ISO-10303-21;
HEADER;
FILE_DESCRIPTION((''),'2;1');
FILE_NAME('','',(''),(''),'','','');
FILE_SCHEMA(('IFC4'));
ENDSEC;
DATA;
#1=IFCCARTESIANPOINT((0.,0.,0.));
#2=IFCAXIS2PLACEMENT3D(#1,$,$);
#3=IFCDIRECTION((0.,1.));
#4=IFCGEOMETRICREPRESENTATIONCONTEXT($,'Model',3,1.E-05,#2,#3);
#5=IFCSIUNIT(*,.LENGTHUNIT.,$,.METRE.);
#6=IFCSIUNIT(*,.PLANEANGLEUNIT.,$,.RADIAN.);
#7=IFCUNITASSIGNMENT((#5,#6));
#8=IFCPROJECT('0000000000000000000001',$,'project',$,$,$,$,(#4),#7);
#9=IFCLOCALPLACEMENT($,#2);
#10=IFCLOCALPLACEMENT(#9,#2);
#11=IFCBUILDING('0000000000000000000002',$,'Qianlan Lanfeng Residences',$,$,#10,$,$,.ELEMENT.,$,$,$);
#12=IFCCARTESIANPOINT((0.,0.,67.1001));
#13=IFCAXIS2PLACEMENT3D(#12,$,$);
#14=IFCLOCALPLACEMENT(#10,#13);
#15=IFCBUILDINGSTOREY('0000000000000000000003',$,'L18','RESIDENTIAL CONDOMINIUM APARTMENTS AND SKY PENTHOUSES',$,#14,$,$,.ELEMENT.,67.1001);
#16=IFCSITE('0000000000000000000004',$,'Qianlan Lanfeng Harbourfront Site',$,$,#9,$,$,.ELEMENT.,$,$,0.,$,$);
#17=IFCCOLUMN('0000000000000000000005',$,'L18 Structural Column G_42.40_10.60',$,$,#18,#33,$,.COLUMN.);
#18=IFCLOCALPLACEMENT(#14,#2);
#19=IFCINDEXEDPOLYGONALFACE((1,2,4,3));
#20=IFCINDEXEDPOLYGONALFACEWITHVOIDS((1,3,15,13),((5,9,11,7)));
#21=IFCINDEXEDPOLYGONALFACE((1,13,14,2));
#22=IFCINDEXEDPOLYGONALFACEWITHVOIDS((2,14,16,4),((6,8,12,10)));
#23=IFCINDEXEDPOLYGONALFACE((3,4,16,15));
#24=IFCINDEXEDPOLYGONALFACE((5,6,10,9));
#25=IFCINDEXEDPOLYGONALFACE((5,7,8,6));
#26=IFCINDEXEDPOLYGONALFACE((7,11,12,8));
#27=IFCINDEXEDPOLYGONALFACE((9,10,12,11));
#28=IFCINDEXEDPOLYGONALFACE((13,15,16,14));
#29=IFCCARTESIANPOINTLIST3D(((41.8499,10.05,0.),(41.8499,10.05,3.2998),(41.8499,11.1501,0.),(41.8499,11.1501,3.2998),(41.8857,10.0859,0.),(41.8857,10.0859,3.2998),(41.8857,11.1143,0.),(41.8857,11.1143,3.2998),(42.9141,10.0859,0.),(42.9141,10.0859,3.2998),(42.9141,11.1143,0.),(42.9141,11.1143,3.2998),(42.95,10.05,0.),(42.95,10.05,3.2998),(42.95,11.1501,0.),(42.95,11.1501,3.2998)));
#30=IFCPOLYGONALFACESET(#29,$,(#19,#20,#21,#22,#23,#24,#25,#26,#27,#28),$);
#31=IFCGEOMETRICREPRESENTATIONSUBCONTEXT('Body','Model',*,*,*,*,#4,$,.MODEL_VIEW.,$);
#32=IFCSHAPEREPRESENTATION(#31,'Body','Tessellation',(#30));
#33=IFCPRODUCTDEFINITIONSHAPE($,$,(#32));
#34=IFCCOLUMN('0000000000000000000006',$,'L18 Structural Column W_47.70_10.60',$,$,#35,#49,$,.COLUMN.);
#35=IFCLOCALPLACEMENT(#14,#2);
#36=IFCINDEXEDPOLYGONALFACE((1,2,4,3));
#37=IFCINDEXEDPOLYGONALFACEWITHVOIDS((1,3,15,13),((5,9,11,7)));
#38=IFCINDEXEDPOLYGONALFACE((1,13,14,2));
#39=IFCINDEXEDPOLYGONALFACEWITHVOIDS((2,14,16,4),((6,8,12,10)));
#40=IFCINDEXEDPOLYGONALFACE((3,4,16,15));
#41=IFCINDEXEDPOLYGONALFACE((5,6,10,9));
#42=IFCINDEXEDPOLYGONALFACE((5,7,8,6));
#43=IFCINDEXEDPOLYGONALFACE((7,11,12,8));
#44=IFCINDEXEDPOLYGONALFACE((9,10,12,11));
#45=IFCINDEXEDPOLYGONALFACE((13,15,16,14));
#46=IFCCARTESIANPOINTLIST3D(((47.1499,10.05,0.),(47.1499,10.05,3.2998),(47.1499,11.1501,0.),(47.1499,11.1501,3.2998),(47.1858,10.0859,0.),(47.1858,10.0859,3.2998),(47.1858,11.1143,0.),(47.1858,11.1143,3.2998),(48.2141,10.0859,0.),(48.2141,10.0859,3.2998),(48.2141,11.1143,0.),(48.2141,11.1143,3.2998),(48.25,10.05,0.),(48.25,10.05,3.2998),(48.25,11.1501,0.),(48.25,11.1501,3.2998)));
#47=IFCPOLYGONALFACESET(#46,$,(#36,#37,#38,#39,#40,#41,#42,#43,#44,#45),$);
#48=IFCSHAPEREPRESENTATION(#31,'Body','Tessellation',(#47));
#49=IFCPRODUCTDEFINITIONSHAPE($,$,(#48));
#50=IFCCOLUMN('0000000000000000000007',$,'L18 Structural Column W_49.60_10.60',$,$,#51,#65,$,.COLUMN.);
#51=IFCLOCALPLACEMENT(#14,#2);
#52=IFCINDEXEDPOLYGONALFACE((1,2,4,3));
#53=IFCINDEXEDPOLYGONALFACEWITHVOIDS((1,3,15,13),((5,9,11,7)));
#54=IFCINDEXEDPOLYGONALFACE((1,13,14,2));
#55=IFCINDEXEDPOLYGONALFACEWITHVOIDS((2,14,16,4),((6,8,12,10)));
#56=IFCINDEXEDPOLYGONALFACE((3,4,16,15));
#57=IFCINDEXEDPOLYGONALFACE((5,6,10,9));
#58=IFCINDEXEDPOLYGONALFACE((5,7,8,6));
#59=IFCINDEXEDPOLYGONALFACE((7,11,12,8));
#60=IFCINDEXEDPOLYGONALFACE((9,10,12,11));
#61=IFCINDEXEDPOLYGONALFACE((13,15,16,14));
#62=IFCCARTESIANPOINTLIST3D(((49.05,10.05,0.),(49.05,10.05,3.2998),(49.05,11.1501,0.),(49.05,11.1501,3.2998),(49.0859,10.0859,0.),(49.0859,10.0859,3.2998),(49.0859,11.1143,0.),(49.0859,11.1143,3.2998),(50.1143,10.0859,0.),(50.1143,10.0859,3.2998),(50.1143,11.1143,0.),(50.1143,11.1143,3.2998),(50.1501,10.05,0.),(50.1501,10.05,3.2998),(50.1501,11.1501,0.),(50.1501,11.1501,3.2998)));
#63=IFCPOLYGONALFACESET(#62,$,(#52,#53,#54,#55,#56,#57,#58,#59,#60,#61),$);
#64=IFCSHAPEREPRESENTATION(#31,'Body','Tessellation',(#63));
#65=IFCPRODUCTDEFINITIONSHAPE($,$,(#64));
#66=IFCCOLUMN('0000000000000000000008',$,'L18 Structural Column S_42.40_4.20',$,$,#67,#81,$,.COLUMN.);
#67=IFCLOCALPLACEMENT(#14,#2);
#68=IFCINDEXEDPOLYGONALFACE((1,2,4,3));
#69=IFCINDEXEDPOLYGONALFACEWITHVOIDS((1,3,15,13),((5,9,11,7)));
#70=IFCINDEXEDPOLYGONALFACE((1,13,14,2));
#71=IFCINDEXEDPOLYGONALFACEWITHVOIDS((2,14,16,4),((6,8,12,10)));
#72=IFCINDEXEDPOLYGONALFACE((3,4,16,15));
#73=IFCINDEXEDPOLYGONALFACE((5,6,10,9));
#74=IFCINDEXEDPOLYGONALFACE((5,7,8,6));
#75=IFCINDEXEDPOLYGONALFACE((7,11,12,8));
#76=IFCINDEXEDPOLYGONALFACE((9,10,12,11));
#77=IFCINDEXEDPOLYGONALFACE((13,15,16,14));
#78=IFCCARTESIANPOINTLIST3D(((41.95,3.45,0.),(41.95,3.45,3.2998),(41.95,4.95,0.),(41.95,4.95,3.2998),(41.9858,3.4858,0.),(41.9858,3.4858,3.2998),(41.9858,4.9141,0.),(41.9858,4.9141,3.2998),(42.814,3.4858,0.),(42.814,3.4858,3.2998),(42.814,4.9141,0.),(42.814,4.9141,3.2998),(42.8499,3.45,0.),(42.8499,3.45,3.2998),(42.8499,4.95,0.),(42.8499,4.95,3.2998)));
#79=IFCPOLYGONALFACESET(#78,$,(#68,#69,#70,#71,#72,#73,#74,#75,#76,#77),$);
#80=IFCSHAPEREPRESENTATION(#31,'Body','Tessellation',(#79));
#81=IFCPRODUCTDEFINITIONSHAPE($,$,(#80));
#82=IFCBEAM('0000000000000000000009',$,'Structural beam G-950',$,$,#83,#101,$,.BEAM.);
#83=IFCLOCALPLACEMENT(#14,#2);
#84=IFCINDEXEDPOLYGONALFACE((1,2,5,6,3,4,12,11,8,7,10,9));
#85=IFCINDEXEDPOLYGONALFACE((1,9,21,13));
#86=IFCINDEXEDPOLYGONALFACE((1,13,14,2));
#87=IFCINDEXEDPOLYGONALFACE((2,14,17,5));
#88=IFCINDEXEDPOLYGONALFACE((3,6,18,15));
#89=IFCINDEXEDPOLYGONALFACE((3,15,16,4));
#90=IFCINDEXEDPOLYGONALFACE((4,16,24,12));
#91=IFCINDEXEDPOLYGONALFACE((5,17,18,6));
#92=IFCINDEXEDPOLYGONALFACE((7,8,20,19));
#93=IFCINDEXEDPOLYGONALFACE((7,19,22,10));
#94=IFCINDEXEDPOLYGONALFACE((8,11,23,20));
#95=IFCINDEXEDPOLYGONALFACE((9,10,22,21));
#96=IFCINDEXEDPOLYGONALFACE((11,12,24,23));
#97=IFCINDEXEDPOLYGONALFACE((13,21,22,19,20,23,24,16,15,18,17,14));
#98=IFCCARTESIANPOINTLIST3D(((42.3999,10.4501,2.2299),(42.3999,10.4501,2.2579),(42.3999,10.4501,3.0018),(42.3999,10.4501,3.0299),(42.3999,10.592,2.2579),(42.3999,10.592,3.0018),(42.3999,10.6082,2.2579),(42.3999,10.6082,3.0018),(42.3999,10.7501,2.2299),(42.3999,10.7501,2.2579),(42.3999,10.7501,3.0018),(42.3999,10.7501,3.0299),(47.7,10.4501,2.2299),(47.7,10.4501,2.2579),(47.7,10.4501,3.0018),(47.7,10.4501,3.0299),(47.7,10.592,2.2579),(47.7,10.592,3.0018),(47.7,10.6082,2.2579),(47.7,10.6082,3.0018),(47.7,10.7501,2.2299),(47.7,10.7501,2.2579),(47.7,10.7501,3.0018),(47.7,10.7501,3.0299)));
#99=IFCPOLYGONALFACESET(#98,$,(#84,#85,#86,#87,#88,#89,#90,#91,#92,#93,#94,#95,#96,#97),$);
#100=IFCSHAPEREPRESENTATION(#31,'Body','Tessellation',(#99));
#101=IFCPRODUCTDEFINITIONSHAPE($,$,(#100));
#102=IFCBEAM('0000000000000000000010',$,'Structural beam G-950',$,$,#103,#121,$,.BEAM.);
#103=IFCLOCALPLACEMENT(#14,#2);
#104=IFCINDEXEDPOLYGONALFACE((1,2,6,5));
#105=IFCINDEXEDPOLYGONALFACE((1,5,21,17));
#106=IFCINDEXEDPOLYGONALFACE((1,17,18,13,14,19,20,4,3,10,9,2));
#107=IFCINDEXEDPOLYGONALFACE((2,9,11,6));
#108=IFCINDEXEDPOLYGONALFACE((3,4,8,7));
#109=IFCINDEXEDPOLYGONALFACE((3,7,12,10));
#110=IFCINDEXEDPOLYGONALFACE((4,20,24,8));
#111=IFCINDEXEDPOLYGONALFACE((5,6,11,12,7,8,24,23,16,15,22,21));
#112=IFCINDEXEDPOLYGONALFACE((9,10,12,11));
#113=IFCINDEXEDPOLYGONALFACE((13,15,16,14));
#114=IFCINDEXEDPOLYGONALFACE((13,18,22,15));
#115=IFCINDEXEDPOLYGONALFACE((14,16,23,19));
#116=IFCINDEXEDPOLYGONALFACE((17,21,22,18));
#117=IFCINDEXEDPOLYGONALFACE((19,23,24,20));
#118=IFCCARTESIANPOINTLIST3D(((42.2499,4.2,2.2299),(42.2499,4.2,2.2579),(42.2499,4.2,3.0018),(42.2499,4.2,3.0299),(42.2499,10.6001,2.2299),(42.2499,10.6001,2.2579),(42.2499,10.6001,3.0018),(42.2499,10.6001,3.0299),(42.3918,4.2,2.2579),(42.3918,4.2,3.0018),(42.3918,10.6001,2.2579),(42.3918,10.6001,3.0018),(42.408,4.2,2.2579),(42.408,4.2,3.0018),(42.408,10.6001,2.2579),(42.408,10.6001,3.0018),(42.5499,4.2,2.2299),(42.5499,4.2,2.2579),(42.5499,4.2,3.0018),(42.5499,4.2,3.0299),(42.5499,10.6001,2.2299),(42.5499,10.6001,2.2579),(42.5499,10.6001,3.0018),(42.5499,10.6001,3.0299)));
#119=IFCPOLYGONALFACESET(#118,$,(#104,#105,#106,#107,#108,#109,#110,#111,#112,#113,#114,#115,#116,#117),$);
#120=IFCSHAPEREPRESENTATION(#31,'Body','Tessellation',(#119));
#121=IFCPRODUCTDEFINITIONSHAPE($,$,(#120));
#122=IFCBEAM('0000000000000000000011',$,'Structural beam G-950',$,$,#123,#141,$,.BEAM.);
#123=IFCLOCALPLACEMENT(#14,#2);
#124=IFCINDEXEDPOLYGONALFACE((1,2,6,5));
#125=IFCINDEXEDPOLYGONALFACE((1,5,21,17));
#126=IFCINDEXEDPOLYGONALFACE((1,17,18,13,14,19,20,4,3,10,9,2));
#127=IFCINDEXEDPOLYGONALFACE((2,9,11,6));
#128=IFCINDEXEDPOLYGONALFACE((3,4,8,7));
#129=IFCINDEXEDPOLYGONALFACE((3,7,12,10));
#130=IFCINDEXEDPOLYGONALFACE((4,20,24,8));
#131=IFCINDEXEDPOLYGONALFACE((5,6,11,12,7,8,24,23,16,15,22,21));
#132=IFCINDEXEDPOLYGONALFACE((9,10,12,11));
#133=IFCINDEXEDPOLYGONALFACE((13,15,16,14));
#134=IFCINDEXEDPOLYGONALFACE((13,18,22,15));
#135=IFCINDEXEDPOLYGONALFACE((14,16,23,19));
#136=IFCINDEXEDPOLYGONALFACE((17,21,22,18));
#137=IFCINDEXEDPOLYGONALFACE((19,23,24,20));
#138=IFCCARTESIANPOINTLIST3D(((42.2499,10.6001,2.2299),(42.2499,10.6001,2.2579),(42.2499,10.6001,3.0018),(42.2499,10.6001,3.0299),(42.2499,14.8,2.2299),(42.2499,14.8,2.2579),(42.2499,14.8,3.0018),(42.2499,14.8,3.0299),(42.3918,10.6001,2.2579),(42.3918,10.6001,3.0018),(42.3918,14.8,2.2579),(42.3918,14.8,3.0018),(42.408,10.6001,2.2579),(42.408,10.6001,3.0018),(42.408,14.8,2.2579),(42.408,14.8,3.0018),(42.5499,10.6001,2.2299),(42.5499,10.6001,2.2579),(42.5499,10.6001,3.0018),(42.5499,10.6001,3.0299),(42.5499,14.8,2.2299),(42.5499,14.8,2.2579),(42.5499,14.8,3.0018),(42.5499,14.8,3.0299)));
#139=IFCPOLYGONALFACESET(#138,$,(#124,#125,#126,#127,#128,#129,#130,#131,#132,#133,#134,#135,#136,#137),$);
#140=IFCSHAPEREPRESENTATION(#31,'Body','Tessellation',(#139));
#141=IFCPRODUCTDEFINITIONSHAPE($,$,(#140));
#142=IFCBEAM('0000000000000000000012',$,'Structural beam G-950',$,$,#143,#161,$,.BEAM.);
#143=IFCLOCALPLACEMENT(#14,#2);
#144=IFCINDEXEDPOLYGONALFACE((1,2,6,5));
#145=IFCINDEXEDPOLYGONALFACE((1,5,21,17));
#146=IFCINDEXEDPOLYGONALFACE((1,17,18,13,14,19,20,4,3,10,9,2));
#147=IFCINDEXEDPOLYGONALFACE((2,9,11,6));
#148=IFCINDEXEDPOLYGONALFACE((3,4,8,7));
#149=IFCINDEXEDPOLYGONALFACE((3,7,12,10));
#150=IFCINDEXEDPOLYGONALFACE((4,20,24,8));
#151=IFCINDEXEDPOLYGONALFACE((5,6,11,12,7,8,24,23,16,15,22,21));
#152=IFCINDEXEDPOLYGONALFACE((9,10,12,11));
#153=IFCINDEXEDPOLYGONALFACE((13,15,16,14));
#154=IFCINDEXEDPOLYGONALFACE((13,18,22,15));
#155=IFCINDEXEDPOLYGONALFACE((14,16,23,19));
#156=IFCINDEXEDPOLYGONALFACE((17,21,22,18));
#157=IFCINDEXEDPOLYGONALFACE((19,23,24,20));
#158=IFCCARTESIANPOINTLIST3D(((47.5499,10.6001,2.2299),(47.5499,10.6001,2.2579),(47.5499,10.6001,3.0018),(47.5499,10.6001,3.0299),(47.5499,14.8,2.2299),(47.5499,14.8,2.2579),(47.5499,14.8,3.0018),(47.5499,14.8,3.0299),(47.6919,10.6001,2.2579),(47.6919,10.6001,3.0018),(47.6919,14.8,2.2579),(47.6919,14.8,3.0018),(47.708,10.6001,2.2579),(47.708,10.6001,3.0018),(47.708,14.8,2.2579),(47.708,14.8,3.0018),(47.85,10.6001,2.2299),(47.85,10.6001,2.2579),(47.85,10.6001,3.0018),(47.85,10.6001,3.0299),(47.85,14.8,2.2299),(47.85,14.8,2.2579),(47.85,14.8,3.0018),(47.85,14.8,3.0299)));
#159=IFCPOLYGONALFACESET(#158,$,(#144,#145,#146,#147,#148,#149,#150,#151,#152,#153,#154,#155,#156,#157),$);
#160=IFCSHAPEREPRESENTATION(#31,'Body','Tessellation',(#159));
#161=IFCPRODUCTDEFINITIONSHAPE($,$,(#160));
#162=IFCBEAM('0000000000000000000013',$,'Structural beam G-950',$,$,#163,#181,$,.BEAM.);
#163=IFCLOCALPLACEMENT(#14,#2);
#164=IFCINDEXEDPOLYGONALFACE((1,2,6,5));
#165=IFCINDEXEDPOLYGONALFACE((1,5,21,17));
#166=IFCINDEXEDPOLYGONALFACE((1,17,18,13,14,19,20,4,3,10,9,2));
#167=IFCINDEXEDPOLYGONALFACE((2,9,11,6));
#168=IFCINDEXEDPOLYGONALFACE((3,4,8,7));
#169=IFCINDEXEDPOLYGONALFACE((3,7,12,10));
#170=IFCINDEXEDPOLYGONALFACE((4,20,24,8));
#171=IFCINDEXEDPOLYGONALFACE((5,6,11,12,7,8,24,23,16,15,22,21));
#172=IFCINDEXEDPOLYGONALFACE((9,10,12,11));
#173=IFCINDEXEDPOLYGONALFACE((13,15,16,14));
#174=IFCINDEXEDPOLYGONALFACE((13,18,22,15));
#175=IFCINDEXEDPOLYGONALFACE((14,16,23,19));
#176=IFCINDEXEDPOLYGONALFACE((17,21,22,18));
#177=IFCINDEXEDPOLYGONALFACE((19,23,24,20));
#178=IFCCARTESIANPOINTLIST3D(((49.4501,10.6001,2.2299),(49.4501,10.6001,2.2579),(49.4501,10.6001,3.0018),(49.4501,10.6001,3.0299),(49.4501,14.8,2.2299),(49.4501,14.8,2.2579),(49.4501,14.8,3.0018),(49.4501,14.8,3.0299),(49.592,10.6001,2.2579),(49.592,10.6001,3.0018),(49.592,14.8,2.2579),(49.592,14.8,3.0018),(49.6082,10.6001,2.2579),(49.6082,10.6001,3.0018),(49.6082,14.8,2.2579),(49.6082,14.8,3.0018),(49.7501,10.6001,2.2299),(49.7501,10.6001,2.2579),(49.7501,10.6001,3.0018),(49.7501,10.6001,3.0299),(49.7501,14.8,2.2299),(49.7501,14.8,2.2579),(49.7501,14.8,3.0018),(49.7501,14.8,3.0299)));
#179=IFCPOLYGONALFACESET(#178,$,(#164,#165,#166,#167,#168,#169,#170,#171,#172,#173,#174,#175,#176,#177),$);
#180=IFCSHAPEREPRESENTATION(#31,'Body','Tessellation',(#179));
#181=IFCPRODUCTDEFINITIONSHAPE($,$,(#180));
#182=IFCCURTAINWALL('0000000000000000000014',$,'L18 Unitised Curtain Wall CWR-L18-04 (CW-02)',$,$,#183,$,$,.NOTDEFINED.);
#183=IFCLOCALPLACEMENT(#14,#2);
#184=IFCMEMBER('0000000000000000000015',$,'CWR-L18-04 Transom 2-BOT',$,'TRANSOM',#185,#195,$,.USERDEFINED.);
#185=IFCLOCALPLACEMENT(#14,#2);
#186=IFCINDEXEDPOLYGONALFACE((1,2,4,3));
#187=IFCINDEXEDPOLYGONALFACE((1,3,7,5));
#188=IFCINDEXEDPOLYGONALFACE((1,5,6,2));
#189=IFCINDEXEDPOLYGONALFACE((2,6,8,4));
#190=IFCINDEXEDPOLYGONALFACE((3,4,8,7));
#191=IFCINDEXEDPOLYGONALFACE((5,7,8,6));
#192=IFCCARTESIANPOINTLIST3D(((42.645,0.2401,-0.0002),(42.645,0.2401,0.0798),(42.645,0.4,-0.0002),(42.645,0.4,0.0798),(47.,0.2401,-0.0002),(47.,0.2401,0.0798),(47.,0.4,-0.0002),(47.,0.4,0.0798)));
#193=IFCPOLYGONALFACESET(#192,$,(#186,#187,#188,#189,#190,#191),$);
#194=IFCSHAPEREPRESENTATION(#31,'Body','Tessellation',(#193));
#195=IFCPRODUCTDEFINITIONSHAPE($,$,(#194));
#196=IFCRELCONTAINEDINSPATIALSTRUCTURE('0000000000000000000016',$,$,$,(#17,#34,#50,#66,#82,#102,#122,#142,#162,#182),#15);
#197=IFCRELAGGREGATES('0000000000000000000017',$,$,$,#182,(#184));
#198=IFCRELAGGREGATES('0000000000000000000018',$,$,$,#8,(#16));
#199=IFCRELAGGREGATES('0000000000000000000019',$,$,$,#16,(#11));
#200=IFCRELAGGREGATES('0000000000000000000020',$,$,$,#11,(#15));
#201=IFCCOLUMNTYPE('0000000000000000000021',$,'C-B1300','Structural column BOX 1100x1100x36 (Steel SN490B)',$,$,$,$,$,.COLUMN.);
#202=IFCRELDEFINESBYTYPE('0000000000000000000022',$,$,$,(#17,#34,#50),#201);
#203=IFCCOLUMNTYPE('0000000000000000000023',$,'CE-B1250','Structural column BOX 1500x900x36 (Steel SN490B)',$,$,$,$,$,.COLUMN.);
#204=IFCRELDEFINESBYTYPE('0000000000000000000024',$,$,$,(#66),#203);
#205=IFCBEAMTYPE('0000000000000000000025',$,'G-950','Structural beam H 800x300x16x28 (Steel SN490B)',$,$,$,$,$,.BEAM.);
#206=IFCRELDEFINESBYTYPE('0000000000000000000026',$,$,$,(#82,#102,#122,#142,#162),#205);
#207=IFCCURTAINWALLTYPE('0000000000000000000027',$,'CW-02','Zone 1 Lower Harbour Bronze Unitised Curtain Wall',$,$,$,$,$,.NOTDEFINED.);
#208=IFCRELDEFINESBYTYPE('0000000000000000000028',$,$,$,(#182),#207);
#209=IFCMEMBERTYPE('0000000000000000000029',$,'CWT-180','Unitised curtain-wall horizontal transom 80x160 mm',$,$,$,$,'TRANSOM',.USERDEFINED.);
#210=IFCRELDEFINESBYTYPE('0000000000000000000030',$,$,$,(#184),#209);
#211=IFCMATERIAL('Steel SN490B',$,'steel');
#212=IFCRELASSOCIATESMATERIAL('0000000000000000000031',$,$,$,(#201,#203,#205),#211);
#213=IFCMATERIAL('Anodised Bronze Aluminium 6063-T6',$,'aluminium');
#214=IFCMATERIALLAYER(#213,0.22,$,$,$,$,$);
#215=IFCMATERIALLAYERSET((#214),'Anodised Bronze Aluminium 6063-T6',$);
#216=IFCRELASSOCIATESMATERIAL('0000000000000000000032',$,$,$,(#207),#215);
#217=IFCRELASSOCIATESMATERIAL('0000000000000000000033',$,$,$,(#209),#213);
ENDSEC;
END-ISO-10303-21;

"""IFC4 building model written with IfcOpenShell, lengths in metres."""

from ifc_helpers import new_model, si_unit, direction, frame, origin, origin_2d, place, context, subcontext, project, spatial, rectangle, hollow_rectangle, i_section, extrude, source, transform, mapped, material, layer, layer_set, material_profile, profile_set, type_object, element, aggregate, save


model = new_model("IFC4")

# Units and contexts
model_context = context("Model", 3, precision=1e-05, world=origin(), true_north=direction((0.0, 1.0)))
body_context = subcontext(model_context, "Body", "Model", "MODEL_VIEW")
ifc_project = project(units=[si_unit("LENGTHUNIT", "METRE"), si_unit("PLANEANGLEUNIT", "RADIAN")], contexts=[model_context])

# Site, building, storey
site_placement = place(None, origin())
site = spatial("IfcSite", under=ifc_project, at=site_placement, Name="Qianlan Lanfeng Harbourfront Site", CompositionType="ELEMENT", RefElevation=0.0)
building_placement = place(site_placement, origin())
building = spatial("IfcBuilding", under=site, at=building_placement, Name="Qianlan Lanfeng Residences", CompositionType="ELEMENT")
storey_placement = place(building_placement, frame((0.0, 0.0, 67.1001)))
storey = spatial("IfcBuildingStorey", under=building, at=storey_placement, Name="L18", Description="RESIDENTIAL CONDOMINIUM APARTMENTS AND SKY PENTHOUSES", CompositionType="ELEMENT", Elevation=67.1001)

# Columns
ifc_material_1 = material(Name="Steel SN490B", Category="steel")
ifc_material_profile_1 = material_profile(ifc_material_1, hollow_rectangle(XDim=1.1001, YDim=1.1001, WallThickness=0.0359, at=origin_2d()), Name="BOX 1100x1100x36")
ifc_profile_set_1 = profile_set([ifc_material_profile_1], Name="Steel SN490B")
column_type_1 = type_object("IfcColumnType", Name="C-B1300", Description="Structural column BOX 1100x1100x36 (Steel SN490B)", PredefinedType="COLUMN", material=ifc_profile_set_1)
for number, where, z_axis, x_axis, name in (
    (1, (42.3999, 10.6001, 0.0), (0.0, 0.0, 1.0), (1.0, 0.0, 0.0), "L18 Structural Column G_42.40_10.60"),
    (2, (47.7, 10.6001, 0.0), (0.0, 0.0, 1.0), (1.0, 0.0, 0.0), "L18 Structural Column W_47.70_10.60"),
    (3, (49.6001, 10.6001, 0.0), (0.0, 0.0, 1.0), (1.0, 0.0, 0.0), "L18 Structural Column W_49.60_10.60"),
):
    element("IfcColumn", number, at=place(storey_placement, frame(where, z_axis=z_axis, x_axis=x_axis)), inside=storey, type_object=column_type_1, Name=name, PredefinedType="COLUMN", context=body_context, shape_type="SweptSolid", body=[
        extrude(hollow_rectangle(XDim=1.1001, YDim=1.1001, WallThickness=0.0359, at=origin_2d()), origin(), (0.0, 0.0, 1.0), 3.2998),
    ])
ifc_material_profile_2 = material_profile(ifc_material_1, hollow_rectangle(XDim=0.8999, YDim=1.5, WallThickness=0.0359, at=origin_2d()), Name="BOX 1500x900x36")
ifc_profile_set_2 = profile_set([ifc_material_profile_2], Name="Steel SN490B")
column_type_2 = type_object("IfcColumnType", Name="CE-B1250", Description="Structural column BOX 1500x900x36 (Steel SN490B)", PredefinedType="COLUMN", material=ifc_profile_set_2)
column_placement = place(storey_placement, frame((42.3999, 4.2, 0.0), z_axis=(0.0, 0.0, 1.0), x_axis=(1.0, 0.0, 0.0)))
element("IfcColumn", 4, at=column_placement, inside=storey, type_object=column_type_2, Name="L18 Structural Column S_42.40_4.20", PredefinedType="COLUMN", context=body_context, shape_type="SweptSolid", body=[
    extrude(hollow_rectangle(XDim=0.8999, YDim=1.5, WallThickness=0.0359, at=origin_2d()), origin(), (0.0, 0.0, 1.0), 3.2998),
])

# Beams
ifc_material_profile_3 = material_profile(ifc_material_1, i_section(OverallWidth=0.3, OverallDepth=0.8, WebThickness=0.0161, FlangeThickness=0.0281, at=origin_2d()), Name="H 800x300x16x28")
ifc_profile_set_3 = profile_set([ifc_material_profile_3], Name="Steel SN490B")
beam_type = type_object("IfcBeamType", Name="G-950", Description="Structural beam H 800x300x16x28 (Steel SN490B)", PredefinedType="BEAM", material=ifc_profile_set_3)
beam_1_placement = place(storey_placement, frame((42.3999, 10.6001, 2.6299), z_axis=(1.0, 0.0, 0.0), x_axis=(0.0, 1.0, 0.0)))
element("IfcBeam", 5, at=beam_1_placement, inside=storey, type_object=beam_type, Name="Structural beam G-950", PredefinedType="BEAM", context=body_context, shape_type="SweptSolid", body=[
    extrude(i_section(OverallWidth=0.3, OverallDepth=0.8, WebThickness=0.0161, FlangeThickness=0.0281, at=origin_2d()), origin(), (0.0, 0.0, 1.0), 5.3),
])
beam_2_placement = place(storey_placement, frame((42.3999, 4.2, 2.6299), z_axis=(0.0, 1.0, 0.0), x_axis=(-1.0, 0.0, 0.0)))
element("IfcBeam", 6, at=beam_2_placement, inside=storey, type_object=beam_type, Name="Structural beam G-950", PredefinedType="BEAM", context=body_context, shape_type="SweptSolid", body=[
    extrude(i_section(OverallWidth=0.3, OverallDepth=0.8, WebThickness=0.0161, FlangeThickness=0.0281, at=origin_2d()), origin(), (0.0, 0.0, 1.0), 6.4001),
])
for number, where, z_axis, x_axis, name in (
    (7, (42.3999, 10.6001, 2.6299), (0.0, 1.0, 0.0), (-1.0, 0.0, 0.0), "Structural beam G-950"),
    (8, (47.7, 10.6001, 2.6299), (0.0, 1.0, 0.0), (-1.0, 0.0, 0.0), "Structural beam G-950"),
    (9, (49.6001, 10.6001, 2.6299), (0.0, 1.0, 0.0), (-1.0, 0.0, 0.0), "Structural beam G-950"),
):
    element("IfcBeam", number, at=place(storey_placement, frame(where, z_axis=z_axis, x_axis=x_axis)), inside=storey, type_object=beam_type, Name=name, PredefinedType="BEAM", context=body_context, shape_type="SweptSolid", body=[
        extrude(i_section(OverallWidth=0.3, OverallDepth=0.8, WebThickness=0.0161, FlangeThickness=0.0281, at=origin_2d()), origin(), (0.0, 0.0, 1.0), 4.2),
    ])

# Curtain wall, member
ifc_material_2 = material(Name="Anodised Bronze Aluminium 6063-T6", Category="aluminium")
ifc_layer_1 = layer(ifc_material_2, 0.22)
ifc_layer_set_1 = layer_set([ifc_layer_1], Name="Anodised Bronze Aluminium 6063-T6")
curtain_wall_type = type_object("IfcCurtainWallType", Name="CW-02", Description="Zone 1 Lower Harbour Bronze Unitised Curtain Wall", PredefinedType="NOTDEFINED", material=ifc_layer_set_1)
curtain_wall_1_placement = place(storey_placement, origin())
curtain_wall_1 = element("IfcCurtainWall", 10, at=curtain_wall_1_placement, inside=storey, type_object=curtain_wall_type, Name="L18 Unitised Curtain Wall CWR-L18-04 (CW-02)", PredefinedType="NOTDEFINED")
ifc_material_profile_4 = material_profile(ifc_material_2, rectangle(XDim=0.0801, YDim=0.1599, at=origin_2d()), Name="ALU TRANSOM 80x160")
ifc_profile_set_4 = profile_set([ifc_material_profile_4], Name="Anodised Bronze Aluminium 6063-T6")
member_type_1 = type_object("IfcMemberType", Name="CWT-180", Description="Unitised curtain-wall horizontal transom 80x160 mm", ElementType="TRANSOM", PredefinedType="USERDEFINED", material=ifc_profile_set_4)
shared_shape_1 = source(origin(), body_context, "Body", "SweptSolid", [
    extrude(rectangle(XDim=0.0801, YDim=0.1599, at=origin_2d()), origin(), (0.0, 0.0, 1.0), 4.355),
])
member_1_placement = place(storey_placement, frame((42.645, 0.3201, 0.0398), z_axis=(1.0, 0.0, 0.0), x_axis=(0.0, 0.0, 1.0)))
member_1 = element("IfcMember", 11, at=member_1_placement, type_object=member_type_1, Name="CWR-L18-04 Transom 2-BOT", ObjectType="TRANSOM", PredefinedType="USERDEFINED", context=body_context, shape_type="MappedRepresentation", body=[
    mapped(shared_shape_1, transform((0.0, 0.0, 0.0), scale=1.0)),
])

aggregate(curtain_wall_1, [member_1])

save(model, "model.ifc")
